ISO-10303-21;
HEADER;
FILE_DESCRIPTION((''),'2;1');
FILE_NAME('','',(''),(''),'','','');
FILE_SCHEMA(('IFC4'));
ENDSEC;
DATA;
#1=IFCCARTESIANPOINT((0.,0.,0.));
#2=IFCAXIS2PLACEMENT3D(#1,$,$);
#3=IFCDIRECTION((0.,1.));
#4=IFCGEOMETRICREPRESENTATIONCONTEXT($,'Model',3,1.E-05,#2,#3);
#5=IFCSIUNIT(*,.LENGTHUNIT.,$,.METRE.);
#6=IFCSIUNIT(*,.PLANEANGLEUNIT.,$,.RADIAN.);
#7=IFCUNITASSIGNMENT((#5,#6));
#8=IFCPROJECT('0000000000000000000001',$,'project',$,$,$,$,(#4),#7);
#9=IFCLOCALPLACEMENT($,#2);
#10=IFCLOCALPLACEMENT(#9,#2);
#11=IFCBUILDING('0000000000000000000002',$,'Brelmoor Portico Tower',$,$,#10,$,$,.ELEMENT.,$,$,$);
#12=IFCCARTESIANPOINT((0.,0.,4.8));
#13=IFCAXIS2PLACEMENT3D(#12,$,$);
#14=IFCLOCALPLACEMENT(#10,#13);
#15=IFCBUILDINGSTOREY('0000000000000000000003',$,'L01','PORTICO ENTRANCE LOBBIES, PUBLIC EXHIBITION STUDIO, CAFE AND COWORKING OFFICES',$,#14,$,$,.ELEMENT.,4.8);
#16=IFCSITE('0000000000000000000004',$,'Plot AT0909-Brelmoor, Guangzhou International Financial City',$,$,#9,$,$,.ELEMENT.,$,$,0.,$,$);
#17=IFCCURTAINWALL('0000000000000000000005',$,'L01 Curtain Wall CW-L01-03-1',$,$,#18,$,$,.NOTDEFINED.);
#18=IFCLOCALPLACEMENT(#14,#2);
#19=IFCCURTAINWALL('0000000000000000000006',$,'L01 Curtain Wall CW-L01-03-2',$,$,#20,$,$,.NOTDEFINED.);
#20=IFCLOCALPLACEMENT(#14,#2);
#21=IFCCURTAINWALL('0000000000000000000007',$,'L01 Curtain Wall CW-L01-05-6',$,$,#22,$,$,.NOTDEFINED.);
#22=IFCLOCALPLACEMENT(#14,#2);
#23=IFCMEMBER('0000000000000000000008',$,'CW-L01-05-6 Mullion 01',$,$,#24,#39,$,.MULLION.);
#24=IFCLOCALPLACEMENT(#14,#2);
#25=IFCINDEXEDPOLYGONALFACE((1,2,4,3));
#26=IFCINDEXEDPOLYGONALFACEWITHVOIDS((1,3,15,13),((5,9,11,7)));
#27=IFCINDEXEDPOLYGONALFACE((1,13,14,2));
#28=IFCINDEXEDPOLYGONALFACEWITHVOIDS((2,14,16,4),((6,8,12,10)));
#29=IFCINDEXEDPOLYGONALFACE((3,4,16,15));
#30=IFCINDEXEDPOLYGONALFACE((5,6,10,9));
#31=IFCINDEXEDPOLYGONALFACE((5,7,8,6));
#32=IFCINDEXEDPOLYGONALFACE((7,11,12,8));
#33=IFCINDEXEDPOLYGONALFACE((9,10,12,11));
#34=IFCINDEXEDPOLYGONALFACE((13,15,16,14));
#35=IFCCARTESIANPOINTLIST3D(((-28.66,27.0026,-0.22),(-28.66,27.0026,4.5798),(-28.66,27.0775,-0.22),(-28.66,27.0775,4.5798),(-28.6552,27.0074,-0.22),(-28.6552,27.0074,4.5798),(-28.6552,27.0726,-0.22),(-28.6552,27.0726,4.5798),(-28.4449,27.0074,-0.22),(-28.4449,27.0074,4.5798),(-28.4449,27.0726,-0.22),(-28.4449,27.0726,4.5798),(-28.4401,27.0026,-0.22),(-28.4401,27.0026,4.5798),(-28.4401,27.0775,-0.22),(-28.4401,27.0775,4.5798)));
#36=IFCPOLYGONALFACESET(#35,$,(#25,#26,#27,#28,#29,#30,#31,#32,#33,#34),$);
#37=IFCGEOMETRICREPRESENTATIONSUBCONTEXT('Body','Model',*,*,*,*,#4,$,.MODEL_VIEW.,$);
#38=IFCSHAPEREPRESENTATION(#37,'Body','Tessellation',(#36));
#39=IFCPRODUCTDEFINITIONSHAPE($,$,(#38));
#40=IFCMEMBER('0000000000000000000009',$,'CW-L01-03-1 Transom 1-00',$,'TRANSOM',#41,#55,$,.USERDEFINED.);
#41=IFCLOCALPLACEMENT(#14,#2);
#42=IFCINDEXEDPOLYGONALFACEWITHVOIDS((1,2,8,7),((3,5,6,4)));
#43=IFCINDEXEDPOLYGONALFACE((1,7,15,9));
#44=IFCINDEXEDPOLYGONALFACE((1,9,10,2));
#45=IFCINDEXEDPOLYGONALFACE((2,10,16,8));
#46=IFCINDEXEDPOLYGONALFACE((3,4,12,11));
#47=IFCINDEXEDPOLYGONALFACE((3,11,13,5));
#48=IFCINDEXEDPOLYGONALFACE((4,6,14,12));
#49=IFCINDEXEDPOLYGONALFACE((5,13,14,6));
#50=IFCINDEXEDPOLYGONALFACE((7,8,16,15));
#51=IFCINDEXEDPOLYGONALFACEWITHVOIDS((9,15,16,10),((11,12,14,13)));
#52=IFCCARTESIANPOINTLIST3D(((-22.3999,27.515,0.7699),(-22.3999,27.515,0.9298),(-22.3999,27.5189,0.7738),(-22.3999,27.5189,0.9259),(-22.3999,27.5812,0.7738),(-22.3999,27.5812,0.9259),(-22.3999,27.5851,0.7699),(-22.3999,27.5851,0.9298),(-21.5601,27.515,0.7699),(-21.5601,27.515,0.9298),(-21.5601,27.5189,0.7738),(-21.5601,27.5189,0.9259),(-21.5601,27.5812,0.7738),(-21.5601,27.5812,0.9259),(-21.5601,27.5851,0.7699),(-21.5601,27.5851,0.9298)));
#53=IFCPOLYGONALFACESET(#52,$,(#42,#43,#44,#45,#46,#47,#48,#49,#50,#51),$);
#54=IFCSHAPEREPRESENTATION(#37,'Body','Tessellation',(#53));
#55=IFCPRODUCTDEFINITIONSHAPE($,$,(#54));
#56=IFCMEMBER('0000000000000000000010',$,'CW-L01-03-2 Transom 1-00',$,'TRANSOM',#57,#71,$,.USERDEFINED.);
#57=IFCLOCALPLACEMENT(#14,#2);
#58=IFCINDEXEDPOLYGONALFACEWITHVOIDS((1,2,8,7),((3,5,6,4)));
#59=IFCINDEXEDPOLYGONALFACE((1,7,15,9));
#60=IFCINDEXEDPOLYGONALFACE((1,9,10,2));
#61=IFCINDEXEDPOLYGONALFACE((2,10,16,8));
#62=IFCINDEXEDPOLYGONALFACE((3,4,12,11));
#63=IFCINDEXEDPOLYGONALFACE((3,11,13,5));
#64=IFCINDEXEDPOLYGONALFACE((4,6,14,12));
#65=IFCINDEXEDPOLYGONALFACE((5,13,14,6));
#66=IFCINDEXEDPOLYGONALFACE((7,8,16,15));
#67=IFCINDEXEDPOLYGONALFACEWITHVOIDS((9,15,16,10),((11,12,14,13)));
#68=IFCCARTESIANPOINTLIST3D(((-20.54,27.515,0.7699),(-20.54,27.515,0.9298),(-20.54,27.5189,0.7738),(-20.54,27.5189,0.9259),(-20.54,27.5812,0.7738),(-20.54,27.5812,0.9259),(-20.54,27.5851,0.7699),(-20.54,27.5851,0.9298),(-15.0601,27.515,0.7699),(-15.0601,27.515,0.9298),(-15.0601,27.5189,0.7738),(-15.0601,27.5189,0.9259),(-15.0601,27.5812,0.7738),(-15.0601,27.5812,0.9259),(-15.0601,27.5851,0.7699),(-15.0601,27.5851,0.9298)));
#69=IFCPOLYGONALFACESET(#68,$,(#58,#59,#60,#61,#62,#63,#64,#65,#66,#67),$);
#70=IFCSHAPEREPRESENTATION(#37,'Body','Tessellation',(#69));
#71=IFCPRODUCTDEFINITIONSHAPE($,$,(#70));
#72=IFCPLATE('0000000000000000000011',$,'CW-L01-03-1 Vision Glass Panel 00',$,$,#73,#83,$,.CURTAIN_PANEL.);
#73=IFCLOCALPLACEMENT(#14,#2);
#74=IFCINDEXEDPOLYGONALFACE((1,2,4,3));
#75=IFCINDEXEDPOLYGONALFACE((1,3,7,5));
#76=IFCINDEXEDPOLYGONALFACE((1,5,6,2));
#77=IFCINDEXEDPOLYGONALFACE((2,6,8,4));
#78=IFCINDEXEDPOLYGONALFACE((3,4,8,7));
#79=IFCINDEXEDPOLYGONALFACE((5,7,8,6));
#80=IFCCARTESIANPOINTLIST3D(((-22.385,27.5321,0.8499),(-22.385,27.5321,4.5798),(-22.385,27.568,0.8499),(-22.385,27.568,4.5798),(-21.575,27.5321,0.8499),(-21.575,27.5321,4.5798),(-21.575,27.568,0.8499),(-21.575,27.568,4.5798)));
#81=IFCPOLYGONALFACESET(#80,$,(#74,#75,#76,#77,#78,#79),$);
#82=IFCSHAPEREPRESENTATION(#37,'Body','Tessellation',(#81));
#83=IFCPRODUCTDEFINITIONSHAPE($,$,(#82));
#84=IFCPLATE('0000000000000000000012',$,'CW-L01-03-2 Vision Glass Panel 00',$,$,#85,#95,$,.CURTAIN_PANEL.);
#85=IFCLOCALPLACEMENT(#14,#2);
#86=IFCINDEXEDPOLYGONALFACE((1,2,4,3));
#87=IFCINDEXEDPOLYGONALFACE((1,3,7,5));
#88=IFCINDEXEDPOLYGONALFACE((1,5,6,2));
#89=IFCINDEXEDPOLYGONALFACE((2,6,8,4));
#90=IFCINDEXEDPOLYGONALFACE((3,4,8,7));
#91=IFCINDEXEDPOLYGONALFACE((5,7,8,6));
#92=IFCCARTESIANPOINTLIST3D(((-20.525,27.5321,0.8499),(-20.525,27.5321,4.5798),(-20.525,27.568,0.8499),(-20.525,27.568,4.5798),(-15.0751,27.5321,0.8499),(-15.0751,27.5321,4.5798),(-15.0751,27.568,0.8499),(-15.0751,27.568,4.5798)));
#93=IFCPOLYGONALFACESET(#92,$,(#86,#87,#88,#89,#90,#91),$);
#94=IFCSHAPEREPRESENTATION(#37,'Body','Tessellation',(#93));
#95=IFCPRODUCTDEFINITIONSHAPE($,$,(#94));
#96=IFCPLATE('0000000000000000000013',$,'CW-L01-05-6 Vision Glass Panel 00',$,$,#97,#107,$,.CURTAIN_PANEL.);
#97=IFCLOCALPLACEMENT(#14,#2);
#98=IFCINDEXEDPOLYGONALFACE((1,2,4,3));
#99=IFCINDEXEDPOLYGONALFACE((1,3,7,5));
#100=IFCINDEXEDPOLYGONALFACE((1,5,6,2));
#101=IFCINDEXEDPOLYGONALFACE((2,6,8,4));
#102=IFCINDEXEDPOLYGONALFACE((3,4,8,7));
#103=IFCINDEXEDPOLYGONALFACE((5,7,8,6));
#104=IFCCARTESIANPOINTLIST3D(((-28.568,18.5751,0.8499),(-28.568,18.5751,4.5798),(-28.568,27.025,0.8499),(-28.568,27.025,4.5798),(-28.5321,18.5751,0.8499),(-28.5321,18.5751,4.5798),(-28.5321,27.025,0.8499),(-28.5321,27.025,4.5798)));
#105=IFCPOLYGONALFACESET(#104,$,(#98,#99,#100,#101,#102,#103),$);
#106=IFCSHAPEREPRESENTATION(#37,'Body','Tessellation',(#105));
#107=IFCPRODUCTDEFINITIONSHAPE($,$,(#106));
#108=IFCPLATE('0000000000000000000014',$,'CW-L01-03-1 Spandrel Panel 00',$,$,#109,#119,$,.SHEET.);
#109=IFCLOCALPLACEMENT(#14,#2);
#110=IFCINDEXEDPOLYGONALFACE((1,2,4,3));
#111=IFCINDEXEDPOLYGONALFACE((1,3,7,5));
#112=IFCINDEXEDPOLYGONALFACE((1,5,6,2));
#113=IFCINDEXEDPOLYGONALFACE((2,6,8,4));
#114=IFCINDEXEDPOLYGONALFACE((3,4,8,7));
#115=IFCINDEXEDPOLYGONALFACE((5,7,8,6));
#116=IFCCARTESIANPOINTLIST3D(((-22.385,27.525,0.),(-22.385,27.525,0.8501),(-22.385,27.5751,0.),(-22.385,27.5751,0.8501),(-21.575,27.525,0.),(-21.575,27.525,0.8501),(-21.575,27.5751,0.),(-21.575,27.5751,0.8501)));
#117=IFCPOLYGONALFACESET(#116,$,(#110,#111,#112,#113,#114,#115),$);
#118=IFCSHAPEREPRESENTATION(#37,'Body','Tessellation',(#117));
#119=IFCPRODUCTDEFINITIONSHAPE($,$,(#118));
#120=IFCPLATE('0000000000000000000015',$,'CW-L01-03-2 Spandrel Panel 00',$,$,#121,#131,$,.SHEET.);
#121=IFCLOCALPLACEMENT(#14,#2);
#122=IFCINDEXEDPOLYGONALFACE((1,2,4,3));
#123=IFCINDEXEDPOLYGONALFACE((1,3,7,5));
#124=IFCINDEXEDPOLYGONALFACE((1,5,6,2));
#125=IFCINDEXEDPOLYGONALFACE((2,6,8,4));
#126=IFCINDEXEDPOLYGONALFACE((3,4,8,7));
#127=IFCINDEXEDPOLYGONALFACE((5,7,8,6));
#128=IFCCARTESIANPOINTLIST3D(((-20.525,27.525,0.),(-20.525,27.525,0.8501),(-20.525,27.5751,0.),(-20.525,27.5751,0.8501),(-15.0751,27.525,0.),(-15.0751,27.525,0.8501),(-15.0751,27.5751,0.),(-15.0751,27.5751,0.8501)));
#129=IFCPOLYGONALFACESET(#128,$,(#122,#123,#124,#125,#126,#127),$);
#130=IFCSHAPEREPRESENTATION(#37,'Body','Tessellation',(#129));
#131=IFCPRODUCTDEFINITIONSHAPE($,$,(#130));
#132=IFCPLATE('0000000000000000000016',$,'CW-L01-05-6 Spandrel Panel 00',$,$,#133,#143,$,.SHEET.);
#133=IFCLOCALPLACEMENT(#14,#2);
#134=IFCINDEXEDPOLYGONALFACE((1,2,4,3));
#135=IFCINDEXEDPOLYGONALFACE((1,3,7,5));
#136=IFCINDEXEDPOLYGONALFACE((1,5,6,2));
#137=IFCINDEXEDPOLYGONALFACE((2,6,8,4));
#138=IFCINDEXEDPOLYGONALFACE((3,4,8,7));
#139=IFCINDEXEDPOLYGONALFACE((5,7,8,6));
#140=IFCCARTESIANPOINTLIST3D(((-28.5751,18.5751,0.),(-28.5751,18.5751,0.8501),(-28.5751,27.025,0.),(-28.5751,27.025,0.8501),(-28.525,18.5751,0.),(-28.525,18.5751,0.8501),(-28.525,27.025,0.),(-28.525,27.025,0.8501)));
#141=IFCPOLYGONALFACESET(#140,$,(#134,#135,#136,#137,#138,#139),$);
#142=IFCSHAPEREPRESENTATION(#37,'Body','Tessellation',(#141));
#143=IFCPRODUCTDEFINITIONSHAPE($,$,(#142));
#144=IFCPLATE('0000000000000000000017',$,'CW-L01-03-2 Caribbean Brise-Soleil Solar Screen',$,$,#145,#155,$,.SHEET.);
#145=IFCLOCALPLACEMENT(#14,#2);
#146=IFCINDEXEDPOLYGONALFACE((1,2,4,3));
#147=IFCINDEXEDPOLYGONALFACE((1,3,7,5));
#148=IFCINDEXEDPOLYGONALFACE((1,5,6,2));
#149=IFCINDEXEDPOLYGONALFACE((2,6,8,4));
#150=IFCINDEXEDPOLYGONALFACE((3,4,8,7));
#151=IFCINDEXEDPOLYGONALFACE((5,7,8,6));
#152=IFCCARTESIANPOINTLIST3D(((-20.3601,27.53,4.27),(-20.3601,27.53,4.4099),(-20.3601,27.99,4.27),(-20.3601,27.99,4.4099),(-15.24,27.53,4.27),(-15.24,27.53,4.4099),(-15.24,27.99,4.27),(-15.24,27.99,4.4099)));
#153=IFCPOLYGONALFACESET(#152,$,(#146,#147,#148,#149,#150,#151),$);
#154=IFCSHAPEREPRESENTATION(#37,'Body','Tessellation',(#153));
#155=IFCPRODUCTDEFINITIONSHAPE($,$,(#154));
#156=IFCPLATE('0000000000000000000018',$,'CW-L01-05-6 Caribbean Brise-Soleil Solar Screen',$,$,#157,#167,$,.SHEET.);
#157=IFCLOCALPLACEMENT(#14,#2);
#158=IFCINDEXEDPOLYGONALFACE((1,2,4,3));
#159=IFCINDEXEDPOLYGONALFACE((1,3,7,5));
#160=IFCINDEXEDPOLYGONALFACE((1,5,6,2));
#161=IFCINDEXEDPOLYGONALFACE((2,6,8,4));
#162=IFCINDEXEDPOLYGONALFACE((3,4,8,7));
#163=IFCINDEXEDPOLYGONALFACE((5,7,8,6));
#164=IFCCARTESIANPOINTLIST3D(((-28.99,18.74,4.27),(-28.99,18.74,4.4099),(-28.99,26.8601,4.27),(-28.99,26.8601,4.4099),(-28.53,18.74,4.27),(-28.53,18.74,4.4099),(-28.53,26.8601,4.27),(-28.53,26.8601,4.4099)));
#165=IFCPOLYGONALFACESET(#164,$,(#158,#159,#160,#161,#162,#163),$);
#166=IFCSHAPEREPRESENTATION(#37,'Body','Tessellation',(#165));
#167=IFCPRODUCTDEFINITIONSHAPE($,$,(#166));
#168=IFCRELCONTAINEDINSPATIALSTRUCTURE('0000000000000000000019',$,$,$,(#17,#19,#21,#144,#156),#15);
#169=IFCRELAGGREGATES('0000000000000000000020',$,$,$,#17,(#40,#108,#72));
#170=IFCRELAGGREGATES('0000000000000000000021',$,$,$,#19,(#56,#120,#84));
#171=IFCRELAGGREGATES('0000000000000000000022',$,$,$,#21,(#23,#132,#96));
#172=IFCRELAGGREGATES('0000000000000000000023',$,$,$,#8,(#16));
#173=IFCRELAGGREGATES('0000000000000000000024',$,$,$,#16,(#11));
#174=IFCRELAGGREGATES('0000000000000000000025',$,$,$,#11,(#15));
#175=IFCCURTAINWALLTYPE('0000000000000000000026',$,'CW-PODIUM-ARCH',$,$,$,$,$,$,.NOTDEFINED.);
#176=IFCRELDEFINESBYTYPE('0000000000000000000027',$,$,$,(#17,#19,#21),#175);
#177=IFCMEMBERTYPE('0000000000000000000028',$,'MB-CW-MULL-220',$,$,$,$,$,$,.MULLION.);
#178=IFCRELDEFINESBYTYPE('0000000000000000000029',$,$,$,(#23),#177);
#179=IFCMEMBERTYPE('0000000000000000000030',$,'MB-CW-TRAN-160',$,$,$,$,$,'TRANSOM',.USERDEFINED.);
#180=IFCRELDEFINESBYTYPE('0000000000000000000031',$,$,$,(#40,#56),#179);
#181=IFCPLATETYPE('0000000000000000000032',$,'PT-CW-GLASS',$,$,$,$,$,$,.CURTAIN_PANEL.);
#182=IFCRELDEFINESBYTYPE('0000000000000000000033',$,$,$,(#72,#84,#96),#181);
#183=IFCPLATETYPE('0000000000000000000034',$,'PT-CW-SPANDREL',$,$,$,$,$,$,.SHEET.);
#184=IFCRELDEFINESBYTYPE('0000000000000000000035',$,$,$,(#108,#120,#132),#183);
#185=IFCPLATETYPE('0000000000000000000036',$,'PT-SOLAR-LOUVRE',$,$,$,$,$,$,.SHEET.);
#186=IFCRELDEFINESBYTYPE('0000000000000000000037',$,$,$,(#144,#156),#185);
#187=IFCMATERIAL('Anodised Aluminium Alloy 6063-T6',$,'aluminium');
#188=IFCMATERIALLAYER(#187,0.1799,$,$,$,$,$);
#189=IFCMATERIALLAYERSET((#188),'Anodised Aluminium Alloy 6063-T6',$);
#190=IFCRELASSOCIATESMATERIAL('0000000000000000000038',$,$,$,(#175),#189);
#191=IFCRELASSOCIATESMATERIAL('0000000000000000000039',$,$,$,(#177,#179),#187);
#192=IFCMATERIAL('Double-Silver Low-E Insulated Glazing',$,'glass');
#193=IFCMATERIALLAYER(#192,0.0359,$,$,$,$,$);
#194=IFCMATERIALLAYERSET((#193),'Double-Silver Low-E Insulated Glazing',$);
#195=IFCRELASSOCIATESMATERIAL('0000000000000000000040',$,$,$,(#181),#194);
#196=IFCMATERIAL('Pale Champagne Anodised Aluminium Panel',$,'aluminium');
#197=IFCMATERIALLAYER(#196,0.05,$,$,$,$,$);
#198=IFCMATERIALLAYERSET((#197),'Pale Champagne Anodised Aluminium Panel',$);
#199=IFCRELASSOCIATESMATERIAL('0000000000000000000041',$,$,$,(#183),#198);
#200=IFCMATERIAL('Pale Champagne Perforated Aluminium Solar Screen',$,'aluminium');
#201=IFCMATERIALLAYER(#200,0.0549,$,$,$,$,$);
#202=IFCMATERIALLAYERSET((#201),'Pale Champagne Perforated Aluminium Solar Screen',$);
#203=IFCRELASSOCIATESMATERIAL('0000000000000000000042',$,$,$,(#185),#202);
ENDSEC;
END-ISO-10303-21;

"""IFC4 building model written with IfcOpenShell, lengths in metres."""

from ifc_helpers import new_model, si_unit, direction, frame, origin, origin_2d, place, context, subcontext, project, spatial, rectangle, hollow_rectangle, extrude, material, layer, layer_set, material_profile, profile_set, type_object, element, aggregate, save


model = new_model("IFC4")

# Units and contexts
model_context = context("Model", 3, precision=1e-05, world=origin(), true_north=direction((0.0, 1.0)))
body_context = subcontext(model_context, "Body", "Model", "MODEL_VIEW")
ifc_project = project(units=[si_unit("LENGTHUNIT", "METRE"), si_unit("PLANEANGLEUNIT", "RADIAN")], contexts=[model_context])

# Site, building, storey
site_placement = place(None, origin())
site = spatial("IfcSite", under=ifc_project, at=site_placement, Name="Plot AT0909-Brelmoor, Guangzhou International Financial City", CompositionType="ELEMENT", RefElevation=0.0)
building_placement = place(site_placement, origin())
building = spatial("IfcBuilding", under=site, at=building_placement, Name="Brelmoor Portico Tower", CompositionType="ELEMENT")
storey_placement = place(building_placement, frame((0.0, 0.0, 4.8)))
storey = spatial("IfcBuildingStorey", under=building, at=storey_placement, Name="L01", Description="PORTICO ENTRANCE LOBBIES, PUBLIC EXHIBITION STUDIO, CAFE AND COWORKING OFFICES", CompositionType="ELEMENT", Elevation=4.8)

# Curtain walls
ifc_material_1 = material(Name="Anodised Aluminium Alloy 6063-T6", Category="aluminium")
ifc_layer_1 = layer(ifc_material_1, 0.1799)
ifc_layer_set_1 = layer_set([ifc_layer_1], Name="Anodised Aluminium Alloy 6063-T6")
curtain_wall_type = type_object("IfcCurtainWallType", Name="CW-PODIUM-ARCH", PredefinedType="NOTDEFINED", material=ifc_layer_set_1)
curtain_wall_1_placement = place(storey_placement, origin())
curtain_wall_1 = element("IfcCurtainWall", 1, at=curtain_wall_1_placement, inside=storey, type_object=curtain_wall_type, Name="L01 Curtain Wall CW-L01-03-1", PredefinedType="NOTDEFINED")
ifc_material_profile_1 = material_profile(ifc_material_1, hollow_rectangle(XDim=0.075, YDim=0.22, WallThickness=0.0049, at=origin_2d()), Name="ALU MULLION 75x220")
ifc_profile_set_1 = profile_set([ifc_material_profile_1], Name="Anodised Aluminium Alloy 6063-T6")
member_type_1 = type_object("IfcMemberType", Name="MB-CW-MULL-220", PredefinedType="MULLION", material=ifc_profile_set_1)
curtain_wall_2_placement = place(storey_placement, origin())
curtain_wall_2 = element("IfcCurtainWall", 2, at=curtain_wall_2_placement, inside=storey, type_object=curtain_wall_type, Name="L01 Curtain Wall CW-L01-03-2", PredefinedType="NOTDEFINED")

# Curtain wall, member
curtain_wall_3_placement = place(storey_placement, origin())
curtain_wall_3 = element("IfcCurtainWall", 3, at=curtain_wall_3_placement, inside=storey, type_object=curtain_wall_type, Name="L01 Curtain Wall CW-L01-05-6", PredefinedType="NOTDEFINED")
member_1_placement = place(storey_placement, frame((-28.55, 27.04, -0.22), z_axis=(0.0, 0.0, 1.0), x_axis=(0.0, 1.0, 0.0)))
member_1 = element("IfcMember", 4, at=member_1_placement, type_object=member_type_1, Name="CW-L01-05-6 Mullion 01", PredefinedType="MULLION", context=body_context, shape_type="SweptSolid", body=[
    extrude(hollow_rectangle(XDim=0.075, YDim=0.22, WallThickness=0.0049, at=origin_2d()), origin(), (0.0, 0.0, 1.0), 4.7998),
])

# Members
ifc_material_profile_2 = material_profile(ifc_material_1, hollow_rectangle(XDim=0.0701, YDim=0.1599, WallThickness=0.0039, at=origin_2d()), Name="ALU TRANSOM 70x160")
ifc_profile_set_2 = profile_set([ifc_material_profile_2], Name="Anodised Aluminium Alloy 6063-T6")
member_type_2 = type_object("IfcMemberType", Name="MB-CW-TRAN-160", ElementType="TRANSOM", PredefinedType="USERDEFINED", material=ifc_profile_set_2)
member_2_placement = place(storey_placement, frame((-22.3999, 27.55, 0.8499), z_axis=(1.0, 0.0, 0.0), x_axis=(0.0, 1.0, 0.0)))
member_2 = element("IfcMember", 5, at=member_2_placement, type_object=member_type_2, Name="CW-L01-03-1 Transom 1-00", ObjectType="TRANSOM", PredefinedType="USERDEFINED", context=body_context, shape_type="SweptSolid", body=[
    extrude(hollow_rectangle(XDim=0.0701, YDim=0.1599, WallThickness=0.0039, at=origin_2d()), origin(), (0.0, 0.0, 1.0), 0.8398),
])
member_3_placement = place(storey_placement, frame((-20.54, 27.55, 0.8499), z_axis=(1.0, 0.0, 0.0), x_axis=(0.0, 1.0, 0.0)))
member_3 = element("IfcMember", 6, at=member_3_placement, type_object=member_type_2, Name="CW-L01-03-2 Transom 1-00", ObjectType="TRANSOM", PredefinedType="USERDEFINED", context=body_context, shape_type="SweptSolid", body=[
    extrude(hollow_rectangle(XDim=0.0701, YDim=0.1599, WallThickness=0.0039, at=origin_2d()), origin(), (0.0, 0.0, 1.0), 5.48),
])

# Plates
ifc_material_2 = material(Name="Double-Silver Low-E Insulated Glazing", Category="glass")
ifc_layer_2 = layer(ifc_material_2, 0.0359)
ifc_layer_set_2 = layer_set([ifc_layer_2], Name="Double-Silver Low-E Insulated Glazing")
plate_type_1 = type_object("IfcPlateType", Name="PT-CW-GLASS", PredefinedType="CURTAIN_PANEL", material=ifc_layer_set_2)
plate_1_placement = place(storey_placement, frame((-21.98, 27.55, 0.8499), z_axis=(0.0, 0.0, 1.0), x_axis=(1.0, 0.0, 0.0)))
plate_1 = element("IfcPlate", 7, at=plate_1_placement, type_object=plate_type_1, Name="CW-L01-03-1 Vision Glass Panel 00", PredefinedType="CURTAIN_PANEL", context=body_context, shape_type="SweptSolid", body=[
    extrude(rectangle(XDim=0.8101, YDim=0.0359, at=origin_2d()), origin(), (0.0, 0.0, 1.0), 3.73),
])
plate_2_placement = place(storey_placement, frame((-17.8, 27.55, 0.8499), z_axis=(0.0, 0.0, 1.0), x_axis=(1.0, 0.0, 0.0)))
plate_2 = element("IfcPlate", 8, at=plate_2_placement, type_object=plate_type_1, Name="CW-L01-03-2 Vision Glass Panel 00", PredefinedType="CURTAIN_PANEL", context=body_context, shape_type="SweptSolid", body=[
    extrude(rectangle(XDim=5.45, YDim=0.0359, at=origin_2d()), origin(), (0.0, 0.0, 1.0), 3.73),
])
plate_3_placement = place(storey_placement, frame((-28.55, 22.8, 0.8499), z_axis=(0.0, 0.0, 1.0), x_axis=(0.0, 1.0, 0.0)))
plate_3 = element("IfcPlate", 9, at=plate_3_placement, type_object=plate_type_1, Name="CW-L01-05-6 Vision Glass Panel 00", PredefinedType="CURTAIN_PANEL", context=body_context, shape_type="SweptSolid", body=[
    extrude(rectangle(XDim=8.45, YDim=0.0359, at=origin_2d()), origin(), (0.0, 0.0, 1.0), 3.73),
])
ifc_material_3 = material(Name="Pale Champagne Anodised Aluminium Panel", Category="aluminium")
ifc_layer_3 = layer(ifc_material_3, 0.05)
ifc_layer_set_3 = layer_set([ifc_layer_3], Name="Pale Champagne Anodised Aluminium Panel")
plate_type_2 = type_object("IfcPlateType", Name="PT-CW-SPANDREL", PredefinedType="SHEET", material=ifc_layer_set_3)
plate_4_placement = place(storey_placement, frame((-21.98, 27.55, 0.0), z_axis=(0.0, 0.0, 1.0), x_axis=(1.0, 0.0, 0.0)))
plate_4 = element("IfcPlate", 10, at=plate_4_placement, type_object=plate_type_2, Name="CW-L01-03-1 Spandrel Panel 00", PredefinedType="SHEET", context=body_context, shape_type="SweptSolid", body=[
    extrude(rectangle(XDim=0.8101, YDim=0.05, at=origin_2d()), origin(), (0.0, 0.0, 1.0), 0.8501),
])
aggregate(curtain_wall_1, [member_2, plate_4, plate_1])
plate_5_placement = place(storey_placement, frame((-17.8, 27.55, 0.0), z_axis=(0.0, 0.0, 1.0), x_axis=(1.0, 0.0, 0.0)))
plate_5 = element("IfcPlate", 11, at=plate_5_placement, type_object=plate_type_2, Name="CW-L01-03-2 Spandrel Panel 00", PredefinedType="SHEET", context=body_context, shape_type="SweptSolid", body=[
    extrude(rectangle(XDim=5.45, YDim=0.05, at=origin_2d()), origin(), (0.0, 0.0, 1.0), 0.8501),
])
aggregate(curtain_wall_2, [member_3, plate_5, plate_2])
plate_6_placement = place(storey_placement, frame((-28.55, 22.8, 0.0), z_axis=(0.0, 0.0, 1.0), x_axis=(0.0, 1.0, 0.0)))
plate_6 = element("IfcPlate", 12, at=plate_6_placement, type_object=plate_type_2, Name="CW-L01-05-6 Spandrel Panel 00", PredefinedType="SHEET", context=body_context, shape_type="SweptSolid", body=[
    extrude(rectangle(XDim=8.45, YDim=0.05, at=origin_2d()), origin(), (0.0, 0.0, 1.0), 0.8501),
])
aggregate(curtain_wall_3, [member_1, plate_6, plate_3])

# Plates
ifc_material_4 = material(Name="Pale Champagne Perforated Aluminium Solar Screen", Category="aluminium")
ifc_layer_4 = layer(ifc_material_4, 0.0549)
ifc_layer_set_4 = layer_set([ifc_layer_4], Name="Pale Champagne Perforated Aluminium Solar Screen")
plate_type_3 = type_object("IfcPlateType", Name="PT-SOLAR-LOUVRE", PredefinedType="SHEET", material=ifc_layer_set_4)
plate_7_placement = place(storey_placement, frame((-17.8, 27.76, 4.27), z_axis=(0.0, 0.0, 1.0), x_axis=(1.0, 0.0, 0.0)))
element("IfcPlate", 13, at=plate_7_placement, inside=storey, type_object=plate_type_3, Name="CW-L01-03-2 Caribbean Brise-Soleil Solar Screen", PredefinedType="SHEET", context=body_context, shape_type="SweptSolid", body=[
    extrude(rectangle(XDim=5.1201, YDim=0.46, at=origin_2d()), origin(), (0.0, 0.0, 1.0), 0.1399),
])
plate_8_placement = place(storey_placement, frame((-28.76, 22.8, 4.27), z_axis=(0.0, 0.0, 1.0), x_axis=(0.0, 1.0, 0.0)))
element("IfcPlate", 14, at=plate_8_placement, inside=storey, type_object=plate_type_3, Name="CW-L01-05-6 Caribbean Brise-Soleil Solar Screen", PredefinedType="SHEET", context=body_context, shape_type="SweptSolid", body=[
    extrude(rectangle(XDim=8.1201, YDim=0.46, at=origin_2d()), origin(), (0.0, 0.0, 1.0), 0.1399),
])

save(model, "model.ifc")
